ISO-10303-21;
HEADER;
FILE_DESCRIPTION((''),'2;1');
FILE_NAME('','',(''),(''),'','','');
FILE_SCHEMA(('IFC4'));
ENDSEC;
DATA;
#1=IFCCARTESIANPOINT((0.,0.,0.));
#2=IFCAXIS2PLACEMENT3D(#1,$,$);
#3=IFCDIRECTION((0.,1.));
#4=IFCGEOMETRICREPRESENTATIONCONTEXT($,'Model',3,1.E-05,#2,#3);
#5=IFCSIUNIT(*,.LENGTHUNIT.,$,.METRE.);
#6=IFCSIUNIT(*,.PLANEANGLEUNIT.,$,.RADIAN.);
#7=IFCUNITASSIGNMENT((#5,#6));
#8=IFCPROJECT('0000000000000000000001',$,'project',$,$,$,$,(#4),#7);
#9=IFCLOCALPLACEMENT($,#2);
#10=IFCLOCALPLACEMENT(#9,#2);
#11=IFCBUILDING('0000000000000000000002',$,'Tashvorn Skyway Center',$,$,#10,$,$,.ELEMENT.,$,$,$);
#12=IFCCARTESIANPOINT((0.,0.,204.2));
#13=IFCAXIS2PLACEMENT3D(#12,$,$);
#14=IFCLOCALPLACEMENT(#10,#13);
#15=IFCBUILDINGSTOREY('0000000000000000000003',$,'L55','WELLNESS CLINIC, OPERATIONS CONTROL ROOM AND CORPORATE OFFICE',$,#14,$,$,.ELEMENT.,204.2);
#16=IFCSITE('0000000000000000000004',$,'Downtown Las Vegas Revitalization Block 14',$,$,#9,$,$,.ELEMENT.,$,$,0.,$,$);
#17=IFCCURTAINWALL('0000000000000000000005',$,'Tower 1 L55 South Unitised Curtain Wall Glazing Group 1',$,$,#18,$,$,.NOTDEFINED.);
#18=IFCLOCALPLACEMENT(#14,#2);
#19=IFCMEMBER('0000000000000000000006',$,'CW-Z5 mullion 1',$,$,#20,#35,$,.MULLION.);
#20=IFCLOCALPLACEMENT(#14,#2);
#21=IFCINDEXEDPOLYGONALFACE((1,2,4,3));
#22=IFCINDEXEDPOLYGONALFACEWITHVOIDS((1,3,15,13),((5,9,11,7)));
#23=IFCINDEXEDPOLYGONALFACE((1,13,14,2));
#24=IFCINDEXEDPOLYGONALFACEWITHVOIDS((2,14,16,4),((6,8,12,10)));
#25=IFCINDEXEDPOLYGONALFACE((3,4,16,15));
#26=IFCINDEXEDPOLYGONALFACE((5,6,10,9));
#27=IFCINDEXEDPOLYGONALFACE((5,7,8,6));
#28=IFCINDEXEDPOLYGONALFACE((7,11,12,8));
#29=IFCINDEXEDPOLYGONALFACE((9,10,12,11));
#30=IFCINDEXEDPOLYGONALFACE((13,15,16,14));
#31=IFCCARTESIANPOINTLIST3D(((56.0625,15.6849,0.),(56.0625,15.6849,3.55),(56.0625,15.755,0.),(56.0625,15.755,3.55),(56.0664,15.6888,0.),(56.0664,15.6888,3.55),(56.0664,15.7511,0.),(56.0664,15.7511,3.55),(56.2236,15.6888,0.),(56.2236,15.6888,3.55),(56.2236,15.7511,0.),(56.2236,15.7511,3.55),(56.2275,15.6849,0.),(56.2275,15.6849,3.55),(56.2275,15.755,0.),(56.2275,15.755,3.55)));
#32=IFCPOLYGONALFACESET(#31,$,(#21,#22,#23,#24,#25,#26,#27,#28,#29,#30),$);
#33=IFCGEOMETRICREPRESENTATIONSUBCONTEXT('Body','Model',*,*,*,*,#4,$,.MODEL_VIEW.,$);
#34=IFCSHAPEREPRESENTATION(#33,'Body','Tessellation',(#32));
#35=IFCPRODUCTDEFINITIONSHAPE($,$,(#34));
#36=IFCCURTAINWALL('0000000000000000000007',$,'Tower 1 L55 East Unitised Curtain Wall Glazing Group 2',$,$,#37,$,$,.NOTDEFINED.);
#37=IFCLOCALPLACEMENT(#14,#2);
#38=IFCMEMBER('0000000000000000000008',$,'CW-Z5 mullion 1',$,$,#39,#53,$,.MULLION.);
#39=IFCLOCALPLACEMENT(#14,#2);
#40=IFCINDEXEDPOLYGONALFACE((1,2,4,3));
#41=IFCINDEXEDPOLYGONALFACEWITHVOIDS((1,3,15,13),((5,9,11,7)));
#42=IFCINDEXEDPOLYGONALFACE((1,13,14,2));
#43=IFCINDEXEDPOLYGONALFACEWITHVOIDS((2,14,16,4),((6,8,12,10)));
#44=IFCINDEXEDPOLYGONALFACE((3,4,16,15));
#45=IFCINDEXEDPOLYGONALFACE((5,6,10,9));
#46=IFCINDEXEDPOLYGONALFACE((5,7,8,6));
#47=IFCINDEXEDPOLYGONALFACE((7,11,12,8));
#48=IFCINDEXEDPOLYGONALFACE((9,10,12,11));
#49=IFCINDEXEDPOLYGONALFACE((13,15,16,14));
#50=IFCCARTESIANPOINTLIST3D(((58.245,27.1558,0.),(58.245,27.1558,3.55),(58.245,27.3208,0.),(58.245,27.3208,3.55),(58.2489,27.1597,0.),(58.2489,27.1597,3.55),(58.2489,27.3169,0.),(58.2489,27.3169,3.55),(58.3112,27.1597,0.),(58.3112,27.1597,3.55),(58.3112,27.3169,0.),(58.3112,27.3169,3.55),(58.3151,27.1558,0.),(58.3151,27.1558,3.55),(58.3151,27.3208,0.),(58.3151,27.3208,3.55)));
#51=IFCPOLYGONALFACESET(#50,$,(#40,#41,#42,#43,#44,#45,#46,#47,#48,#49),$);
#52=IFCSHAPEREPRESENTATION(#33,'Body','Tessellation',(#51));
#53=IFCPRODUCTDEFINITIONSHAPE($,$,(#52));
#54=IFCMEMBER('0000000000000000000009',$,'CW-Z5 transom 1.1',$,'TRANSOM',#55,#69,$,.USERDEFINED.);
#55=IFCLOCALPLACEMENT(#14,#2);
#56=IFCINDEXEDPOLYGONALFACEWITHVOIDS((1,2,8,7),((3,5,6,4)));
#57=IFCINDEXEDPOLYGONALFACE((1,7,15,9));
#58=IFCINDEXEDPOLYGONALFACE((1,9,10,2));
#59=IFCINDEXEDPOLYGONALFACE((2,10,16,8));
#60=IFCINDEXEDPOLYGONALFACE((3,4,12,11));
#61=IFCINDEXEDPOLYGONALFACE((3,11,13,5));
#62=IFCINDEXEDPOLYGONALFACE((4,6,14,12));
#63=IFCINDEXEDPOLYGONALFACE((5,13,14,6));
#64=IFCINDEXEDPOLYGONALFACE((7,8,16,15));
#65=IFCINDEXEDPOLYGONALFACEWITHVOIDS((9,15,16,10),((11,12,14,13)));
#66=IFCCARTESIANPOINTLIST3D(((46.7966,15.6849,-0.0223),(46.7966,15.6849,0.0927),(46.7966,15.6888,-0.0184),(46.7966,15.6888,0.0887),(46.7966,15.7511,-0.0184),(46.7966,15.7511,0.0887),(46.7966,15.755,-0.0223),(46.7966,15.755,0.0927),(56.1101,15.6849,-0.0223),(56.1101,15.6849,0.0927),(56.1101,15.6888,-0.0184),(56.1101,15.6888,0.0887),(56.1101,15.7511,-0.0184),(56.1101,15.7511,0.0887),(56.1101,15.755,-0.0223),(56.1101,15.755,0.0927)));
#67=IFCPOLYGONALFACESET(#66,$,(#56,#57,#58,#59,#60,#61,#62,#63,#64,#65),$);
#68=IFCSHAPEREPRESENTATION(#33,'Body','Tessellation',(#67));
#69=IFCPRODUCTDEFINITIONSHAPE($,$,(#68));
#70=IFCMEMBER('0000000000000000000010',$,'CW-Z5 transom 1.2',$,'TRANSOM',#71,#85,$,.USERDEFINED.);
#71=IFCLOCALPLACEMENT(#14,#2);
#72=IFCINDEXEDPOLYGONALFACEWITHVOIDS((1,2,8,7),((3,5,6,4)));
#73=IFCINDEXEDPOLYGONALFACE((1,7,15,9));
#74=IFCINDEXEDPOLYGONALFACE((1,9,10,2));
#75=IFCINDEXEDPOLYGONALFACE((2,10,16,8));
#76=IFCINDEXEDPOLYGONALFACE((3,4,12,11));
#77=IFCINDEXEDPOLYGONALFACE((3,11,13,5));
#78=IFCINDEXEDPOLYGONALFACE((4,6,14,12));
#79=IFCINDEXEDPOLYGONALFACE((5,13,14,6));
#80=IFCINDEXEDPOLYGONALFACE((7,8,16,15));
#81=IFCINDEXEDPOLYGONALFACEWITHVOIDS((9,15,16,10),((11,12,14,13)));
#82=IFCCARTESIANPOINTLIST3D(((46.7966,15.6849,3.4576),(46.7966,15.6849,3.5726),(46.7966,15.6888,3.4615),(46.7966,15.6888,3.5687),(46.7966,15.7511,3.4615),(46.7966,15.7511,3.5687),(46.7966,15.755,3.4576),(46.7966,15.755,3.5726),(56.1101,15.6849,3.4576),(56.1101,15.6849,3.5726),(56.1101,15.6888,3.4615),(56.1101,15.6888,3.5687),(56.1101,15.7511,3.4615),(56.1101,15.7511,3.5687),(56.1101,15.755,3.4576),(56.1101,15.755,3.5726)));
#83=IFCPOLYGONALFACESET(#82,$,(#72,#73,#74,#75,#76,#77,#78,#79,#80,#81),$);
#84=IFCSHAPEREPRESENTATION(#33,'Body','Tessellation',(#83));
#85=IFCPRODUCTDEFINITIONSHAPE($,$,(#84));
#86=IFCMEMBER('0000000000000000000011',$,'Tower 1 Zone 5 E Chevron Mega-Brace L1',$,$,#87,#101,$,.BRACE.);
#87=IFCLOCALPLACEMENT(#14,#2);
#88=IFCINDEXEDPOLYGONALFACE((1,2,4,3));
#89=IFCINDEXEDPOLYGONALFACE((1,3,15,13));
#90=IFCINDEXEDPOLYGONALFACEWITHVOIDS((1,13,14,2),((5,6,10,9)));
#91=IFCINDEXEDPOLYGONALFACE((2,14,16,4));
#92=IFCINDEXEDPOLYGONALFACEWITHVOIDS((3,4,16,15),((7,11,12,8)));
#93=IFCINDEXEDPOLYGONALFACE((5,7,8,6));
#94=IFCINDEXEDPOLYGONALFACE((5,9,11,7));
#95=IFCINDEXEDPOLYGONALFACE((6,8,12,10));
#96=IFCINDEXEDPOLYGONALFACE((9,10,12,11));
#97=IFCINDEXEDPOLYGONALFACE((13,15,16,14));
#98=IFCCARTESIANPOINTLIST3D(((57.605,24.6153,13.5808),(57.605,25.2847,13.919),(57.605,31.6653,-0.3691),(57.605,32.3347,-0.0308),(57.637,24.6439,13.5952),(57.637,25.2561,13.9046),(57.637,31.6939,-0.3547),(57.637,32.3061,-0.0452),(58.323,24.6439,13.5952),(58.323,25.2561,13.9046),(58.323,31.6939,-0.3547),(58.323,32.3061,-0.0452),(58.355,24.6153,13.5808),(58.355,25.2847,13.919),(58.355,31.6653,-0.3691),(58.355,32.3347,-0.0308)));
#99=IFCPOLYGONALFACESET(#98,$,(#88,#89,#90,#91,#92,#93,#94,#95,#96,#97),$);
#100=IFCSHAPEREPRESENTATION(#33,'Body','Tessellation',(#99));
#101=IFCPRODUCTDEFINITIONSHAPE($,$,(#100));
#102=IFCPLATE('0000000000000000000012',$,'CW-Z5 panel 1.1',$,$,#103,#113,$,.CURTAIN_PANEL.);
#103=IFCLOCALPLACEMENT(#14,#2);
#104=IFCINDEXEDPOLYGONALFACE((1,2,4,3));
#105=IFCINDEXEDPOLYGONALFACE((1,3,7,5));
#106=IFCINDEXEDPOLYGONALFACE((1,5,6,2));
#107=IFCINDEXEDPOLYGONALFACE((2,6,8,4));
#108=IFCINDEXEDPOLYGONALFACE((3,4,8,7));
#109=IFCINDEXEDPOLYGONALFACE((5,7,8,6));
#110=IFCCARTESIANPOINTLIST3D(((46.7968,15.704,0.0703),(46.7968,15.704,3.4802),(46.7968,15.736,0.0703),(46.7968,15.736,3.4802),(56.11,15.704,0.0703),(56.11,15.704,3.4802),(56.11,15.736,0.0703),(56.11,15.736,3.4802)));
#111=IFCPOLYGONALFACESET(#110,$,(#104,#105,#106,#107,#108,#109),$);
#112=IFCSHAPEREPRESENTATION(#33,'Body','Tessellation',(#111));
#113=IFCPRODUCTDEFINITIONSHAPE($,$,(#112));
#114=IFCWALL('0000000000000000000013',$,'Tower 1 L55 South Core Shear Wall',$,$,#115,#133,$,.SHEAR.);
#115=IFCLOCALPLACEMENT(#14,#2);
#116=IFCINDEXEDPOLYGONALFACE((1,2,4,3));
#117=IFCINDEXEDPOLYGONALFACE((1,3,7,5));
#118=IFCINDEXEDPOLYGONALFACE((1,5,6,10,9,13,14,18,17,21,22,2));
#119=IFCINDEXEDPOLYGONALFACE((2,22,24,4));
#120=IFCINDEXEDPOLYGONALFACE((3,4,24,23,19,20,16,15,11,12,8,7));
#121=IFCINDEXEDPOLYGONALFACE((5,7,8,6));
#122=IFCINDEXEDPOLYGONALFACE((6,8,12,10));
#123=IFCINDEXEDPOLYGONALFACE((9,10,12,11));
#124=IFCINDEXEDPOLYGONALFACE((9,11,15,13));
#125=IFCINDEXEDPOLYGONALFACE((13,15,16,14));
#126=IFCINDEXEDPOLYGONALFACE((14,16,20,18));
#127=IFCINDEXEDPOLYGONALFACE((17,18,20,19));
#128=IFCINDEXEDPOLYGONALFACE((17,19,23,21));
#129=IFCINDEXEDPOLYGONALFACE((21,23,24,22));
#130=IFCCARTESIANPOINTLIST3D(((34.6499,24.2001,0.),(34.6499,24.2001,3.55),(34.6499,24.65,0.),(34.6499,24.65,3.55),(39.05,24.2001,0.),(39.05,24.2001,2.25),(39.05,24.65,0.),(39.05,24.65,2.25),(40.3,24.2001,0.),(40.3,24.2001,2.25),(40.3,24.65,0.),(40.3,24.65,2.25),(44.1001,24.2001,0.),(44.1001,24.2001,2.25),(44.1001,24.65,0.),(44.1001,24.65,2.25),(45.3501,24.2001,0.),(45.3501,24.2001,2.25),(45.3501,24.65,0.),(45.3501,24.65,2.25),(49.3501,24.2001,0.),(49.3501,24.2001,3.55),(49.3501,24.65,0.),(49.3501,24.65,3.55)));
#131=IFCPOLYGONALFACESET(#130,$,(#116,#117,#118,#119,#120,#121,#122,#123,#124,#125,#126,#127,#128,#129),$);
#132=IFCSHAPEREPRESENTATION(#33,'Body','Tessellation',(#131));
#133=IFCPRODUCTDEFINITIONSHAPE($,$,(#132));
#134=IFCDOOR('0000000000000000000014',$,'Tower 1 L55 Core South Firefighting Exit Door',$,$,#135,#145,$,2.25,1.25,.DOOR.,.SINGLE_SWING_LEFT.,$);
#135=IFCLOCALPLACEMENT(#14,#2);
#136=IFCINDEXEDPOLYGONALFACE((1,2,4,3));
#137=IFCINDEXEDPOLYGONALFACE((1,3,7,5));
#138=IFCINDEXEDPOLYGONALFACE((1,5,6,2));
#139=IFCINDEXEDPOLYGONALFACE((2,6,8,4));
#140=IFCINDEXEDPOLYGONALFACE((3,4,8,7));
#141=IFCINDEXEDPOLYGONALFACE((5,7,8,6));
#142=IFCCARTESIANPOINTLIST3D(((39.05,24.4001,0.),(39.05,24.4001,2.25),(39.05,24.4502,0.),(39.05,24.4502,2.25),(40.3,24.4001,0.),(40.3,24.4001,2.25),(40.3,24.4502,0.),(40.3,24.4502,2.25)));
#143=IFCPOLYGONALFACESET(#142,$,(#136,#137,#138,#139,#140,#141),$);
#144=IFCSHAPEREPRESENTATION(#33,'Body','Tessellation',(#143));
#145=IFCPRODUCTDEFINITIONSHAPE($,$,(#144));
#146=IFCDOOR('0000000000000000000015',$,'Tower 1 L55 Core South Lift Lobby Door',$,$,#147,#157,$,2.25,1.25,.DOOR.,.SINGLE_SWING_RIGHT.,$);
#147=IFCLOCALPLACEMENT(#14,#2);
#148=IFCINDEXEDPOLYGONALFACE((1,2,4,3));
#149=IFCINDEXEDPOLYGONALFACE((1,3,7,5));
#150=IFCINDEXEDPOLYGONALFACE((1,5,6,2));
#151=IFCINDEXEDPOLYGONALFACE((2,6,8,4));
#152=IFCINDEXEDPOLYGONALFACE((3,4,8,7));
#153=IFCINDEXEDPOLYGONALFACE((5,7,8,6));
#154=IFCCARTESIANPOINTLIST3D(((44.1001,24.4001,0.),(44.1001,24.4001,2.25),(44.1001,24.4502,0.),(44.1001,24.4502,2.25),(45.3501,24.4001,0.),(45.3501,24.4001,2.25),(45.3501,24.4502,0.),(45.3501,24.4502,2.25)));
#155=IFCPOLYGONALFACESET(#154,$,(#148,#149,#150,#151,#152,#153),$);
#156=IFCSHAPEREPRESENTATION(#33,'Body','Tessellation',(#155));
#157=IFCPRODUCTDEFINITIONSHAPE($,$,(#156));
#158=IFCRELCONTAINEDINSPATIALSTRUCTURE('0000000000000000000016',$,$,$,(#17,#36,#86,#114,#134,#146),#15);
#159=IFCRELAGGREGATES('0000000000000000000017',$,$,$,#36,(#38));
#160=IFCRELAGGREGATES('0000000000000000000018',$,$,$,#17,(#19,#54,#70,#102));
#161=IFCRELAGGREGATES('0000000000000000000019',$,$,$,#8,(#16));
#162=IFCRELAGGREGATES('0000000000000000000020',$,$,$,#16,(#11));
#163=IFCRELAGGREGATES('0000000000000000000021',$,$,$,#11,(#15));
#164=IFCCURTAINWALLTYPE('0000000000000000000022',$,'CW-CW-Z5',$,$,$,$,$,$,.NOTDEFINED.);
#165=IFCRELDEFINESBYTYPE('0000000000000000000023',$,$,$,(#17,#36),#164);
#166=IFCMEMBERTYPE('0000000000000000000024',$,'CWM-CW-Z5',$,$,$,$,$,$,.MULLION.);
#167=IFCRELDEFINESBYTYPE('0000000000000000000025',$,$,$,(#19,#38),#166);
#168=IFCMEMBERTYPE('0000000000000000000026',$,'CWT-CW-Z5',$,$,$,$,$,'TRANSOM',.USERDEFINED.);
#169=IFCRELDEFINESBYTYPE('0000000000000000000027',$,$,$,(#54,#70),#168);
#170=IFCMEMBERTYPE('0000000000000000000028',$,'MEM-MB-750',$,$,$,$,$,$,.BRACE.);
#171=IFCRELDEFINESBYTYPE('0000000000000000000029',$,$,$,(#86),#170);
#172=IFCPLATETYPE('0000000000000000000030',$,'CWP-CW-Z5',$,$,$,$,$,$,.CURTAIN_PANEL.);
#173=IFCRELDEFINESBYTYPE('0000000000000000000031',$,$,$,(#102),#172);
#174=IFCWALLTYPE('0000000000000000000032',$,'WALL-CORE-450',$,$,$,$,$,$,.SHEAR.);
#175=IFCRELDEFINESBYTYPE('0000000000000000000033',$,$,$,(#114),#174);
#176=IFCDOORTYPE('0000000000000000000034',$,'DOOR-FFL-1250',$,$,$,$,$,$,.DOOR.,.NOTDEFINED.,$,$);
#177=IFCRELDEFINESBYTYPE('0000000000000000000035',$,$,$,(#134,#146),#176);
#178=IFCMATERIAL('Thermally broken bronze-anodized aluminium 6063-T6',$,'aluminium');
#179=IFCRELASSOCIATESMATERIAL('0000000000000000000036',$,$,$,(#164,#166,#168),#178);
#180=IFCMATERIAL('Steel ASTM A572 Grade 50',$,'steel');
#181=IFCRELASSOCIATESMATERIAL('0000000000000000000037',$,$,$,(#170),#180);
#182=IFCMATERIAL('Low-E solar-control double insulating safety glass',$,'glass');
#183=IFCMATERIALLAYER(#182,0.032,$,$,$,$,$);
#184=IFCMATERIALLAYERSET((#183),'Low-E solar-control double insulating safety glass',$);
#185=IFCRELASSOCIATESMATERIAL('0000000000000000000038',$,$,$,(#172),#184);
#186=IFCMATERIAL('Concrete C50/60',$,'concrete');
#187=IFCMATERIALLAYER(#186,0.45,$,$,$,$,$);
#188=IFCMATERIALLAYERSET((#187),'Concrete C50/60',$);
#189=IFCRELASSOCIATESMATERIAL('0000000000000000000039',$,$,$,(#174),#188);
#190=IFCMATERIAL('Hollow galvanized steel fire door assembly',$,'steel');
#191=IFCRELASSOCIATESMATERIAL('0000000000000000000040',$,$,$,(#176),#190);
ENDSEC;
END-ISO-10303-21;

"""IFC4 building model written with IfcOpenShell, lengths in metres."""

from ifc_helpers import new_model, si_unit, direction, frame, frame_2d, origin, origin_2d, place, context, subcontext, project, spatial, rectangle, hollow_rectangle, extrude, material, layer, layer_set, material_profile, profile_set, type_object, element, fill, aggregate, save


model = new_model("IFC4")

# Units and contexts
model_context = context("Model", 3, precision=1e-05, world=origin(), true_north=direction((0.0, 1.0)))
body_context = subcontext(model_context, "Body", "Model", "MODEL_VIEW")
ifc_project = project(units=[si_unit("LENGTHUNIT", "METRE"), si_unit("PLANEANGLEUNIT", "RADIAN")], contexts=[model_context])

# Site, building, storey
site_placement = place(None, origin())
site = spatial("IfcSite", under=ifc_project, at=site_placement, Name="Downtown Las Vegas Revitalization Block 14", CompositionType="ELEMENT", RefElevation=0.0)
building_placement = place(site_placement, origin())
building = spatial("IfcBuilding", under=site, at=building_placement, Name="Tashvorn Skyway Center", CompositionType="ELEMENT")
storey_placement = place(building_placement, frame((0.0, 0.0, 204.2)))
storey = spatial("IfcBuildingStorey", under=building, at=storey_placement, Name="L55", Description="WELLNESS CLINIC, OPERATIONS CONTROL ROOM AND CORPORATE OFFICE", CompositionType="ELEMENT", Elevation=204.2)

# Shared definitions
ifc_material_1 = material(Name="Steel ASTM A572 Grade 50", Category="steel")

# Curtain walls, members
ifc_material_2 = material(Name="Thermally broken bronze-anodized aluminium 6063-T6", Category="aluminium")
curtain_wall_type = type_object("IfcCurtainWallType", Name="CW-CW-Z5", PredefinedType="NOTDEFINED", material=ifc_material_2)
curtain_wall_1_placement = place(storey_placement, origin())
curtain_wall_1 = element("IfcCurtainWall", 1, at=curtain_wall_1_placement, inside=storey, type_object=curtain_wall_type, Name="Tower 1 L55 South Unitised Curtain Wall Glazing Group 1", PredefinedType="NOTDEFINED")
ifc_material_profile_1 = material_profile(ifc_material_2, hollow_rectangle(XDim=0.0701, YDim=0.165, WallThickness=0.0039, at=origin_2d()), Name="ALU-MULL-70x165")
ifc_profile_set_1 = profile_set([ifc_material_profile_1], Name="Thermally broken bronze-anodized aluminium 6063-T6")
member_type_1 = type_object("IfcMemberType", Name="CWM-CW-Z5", PredefinedType="MULLION", material=ifc_profile_set_1)
member_1_placement = place(storey_placement, frame((56.145, 15.72, 0.0), z_axis=(0.0, 0.0, 1.0), x_axis=(0.0, -1.0, 0.0)))
member_1 = element("IfcMember", 2, at=member_1_placement, type_object=member_type_1, Name="CW-Z5 mullion 1", PredefinedType="MULLION", context=body_context, shape_type="SweptSolid", body=[
    extrude(hollow_rectangle(XDim=0.0701, YDim=0.165, WallThickness=0.0039, at=origin_2d()), origin(), (0.0, 0.0, 1.0), 3.55),
])
curtain_wall_2_placement = place(storey_placement, origin())
curtain_wall_2 = element("IfcCurtainWall", 3, at=curtain_wall_2_placement, inside=storey, type_object=curtain_wall_type, Name="Tower 1 L55 East Unitised Curtain Wall Glazing Group 2", PredefinedType="NOTDEFINED")
member_2_placement = place(storey_placement, frame((58.28, 27.2383, 0.0), z_axis=(0.0, 0.0, 1.0), x_axis=(1.0, 0.0, 0.0)))
member_2 = element("IfcMember", 4, at=member_2_placement, type_object=member_type_1, Name="CW-Z5 mullion 1", PredefinedType="MULLION", context=body_context, shape_type="SweptSolid", body=[
    extrude(hollow_rectangle(XDim=0.0701, YDim=0.165, WallThickness=0.0039, at=origin_2d()), origin(), (0.0, 0.0, 1.0), 3.55),
])
aggregate(curtain_wall_2, [member_2])

# Members
ifc_material_profile_2 = material_profile(ifc_material_2, hollow_rectangle(XDim=0.0701, YDim=0.115, WallThickness=0.0039, at=origin_2d()), Name="ALU-TRAN-70x115")
ifc_profile_set_2 = profile_set([ifc_material_profile_2], Name="Thermally broken bronze-anodized aluminium 6063-T6")
member_type_2 = type_object("IfcMemberType", Name="CWT-CW-Z5", ElementType="TRANSOM", PredefinedType="USERDEFINED", material=ifc_profile_set_2)
member_3_placement = place(storey_placement, frame((56.1101, 15.72, 0.0352), z_axis=(-1.0, 0.0, 0.0), x_axis=(0.0, -1.0, 0.0)))
member_3 = element("IfcMember", 5, at=member_3_placement, type_object=member_type_2, Name="CW-Z5 transom 1.1", ObjectType="TRANSOM", PredefinedType="USERDEFINED", context=body_context, shape_type="SweptSolid", body=[
    extrude(hollow_rectangle(XDim=0.0701, YDim=0.115, WallThickness=0.0039, at=origin_2d()), origin(), (0.0, 0.0, 1.0), 9.3135),
])
member_4_placement = place(storey_placement, frame((56.1101, 15.72, 3.5151), z_axis=(-1.0, 0.0, 0.0), x_axis=(0.0, -1.0, 0.0)))
member_4 = element("IfcMember", 6, at=member_4_placement, type_object=member_type_2, Name="CW-Z5 transom 1.2", ObjectType="TRANSOM", PredefinedType="USERDEFINED", context=body_context, shape_type="SweptSolid", body=[
    extrude(hollow_rectangle(XDim=0.0701, YDim=0.115, WallThickness=0.0039, at=origin_2d()), origin(), (0.0, 0.0, 1.0), 9.3135),
])
ifc_material_profile_3 = material_profile(ifc_material_1, hollow_rectangle(XDim=0.75, YDim=0.75, WallThickness=0.032, at=origin_2d()), Name="BOX750x750x32")
ifc_profile_set_3 = profile_set([ifc_material_profile_3], Name="Steel ASTM A572 Grade 50")
member_type_3 = type_object("IfcMemberType", Name="MEM-MB-750", PredefinedType="BRACE", material=ifc_profile_set_3)
member_5_placement = place(storey_placement, frame((57.98, 32.0, -0.2), z_axis=(0.0, -0.451052, 0.892498), x_axis=(1.0, 0.0, 0.0)))
element("IfcMember", 7, at=member_5_placement, inside=storey, type_object=member_type_3, Name="Tower 1 Zone 5 E Chevron Mega-Brace L1", PredefinedType="BRACE", context=body_context, shape_type="SweptSolid", body=[
    extrude(hollow_rectangle(XDim=0.75, YDim=0.75, WallThickness=0.032, at=origin_2d()), origin(), (0.0, 0.0, 1.0), 15.6301),
])

# Plate
ifc_material_3 = material(Name="Low-E solar-control double insulating safety glass", Category="glass")
ifc_layer_1 = layer(ifc_material_3, 0.032)
ifc_layer_set_1 = layer_set([ifc_layer_1], Name="Low-E solar-control double insulating safety glass")
plate_type = type_object("IfcPlateType", Name="CWP-CW-Z5", PredefinedType="CURTAIN_PANEL", material=ifc_layer_set_1)
plate_placement = place(storey_placement, frame((51.4534, 15.72, 0.0703), z_axis=(0.0, 0.0, 1.0), x_axis=(-1.0, 0.0, 0.0)))
plate = element("IfcPlate", 8, at=plate_placement, type_object=plate_type, Name="CW-Z5 panel 1.1", PredefinedType="CURTAIN_PANEL", context=body_context, shape_type="SweptSolid", body=[
    extrude(rectangle(XDim=9.3132, YDim=0.032, at=origin_2d()), origin(), (0.0, 0.0, 1.0), 3.4099),
])
aggregate(curtain_wall_1, [member_1, member_3, member_4, plate])

# Wall, openings, doors
ifc_material_4 = material(Name="Concrete C50/60", Category="concrete")
ifc_layer_2 = layer(ifc_material_4, 0.45)
ifc_layer_set_2 = layer_set([ifc_layer_2], Name="Concrete C50/60")
wall_type_1 = type_object("IfcWallType", Name="WALL-CORE-450", PredefinedType="SHEAR", material=ifc_layer_set_2)
wall_1_placement = place(storey_placement, frame((49.3501, 24.425, 0.0), z_axis=(0.0, 0.0, 1.0), x_axis=(-1.0, 0.0, 0.0)))
wall_1 = element("IfcWall", 9, at=wall_1_placement, inside=storey, type_object=wall_type_1, Name="Tower 1 L55 South Core Shear Wall", PredefinedType="SHEAR", context=body_context, shape_type="SweptSolid", body=[
    extrude(rectangle(XDim=14.7002, YDim=0.45, at=frame_2d((7.3501, 0.0))), origin(), (0.0, 0.0, 1.0), 3.55),
])
opening_1_placement = place(wall_1_placement, frame((9.05, 0.0, 0.0)))
opening_1 = element("IfcOpeningElement", 10, at=opening_1_placement, cuts=wall_1, PredefinedType="OPENING", context=body_context, shape_type="SweptSolid", body=[
    extrude(rectangle(XDim=1.25, YDim=2.25, at=frame_2d((0.625, 1.125))), frame((0.0, 0.2349, 0.0), z_axis=(0.0, -1.0, 0.0), x_axis=(1.0, 0.0, 0.0)), (0.0, 0.0, 1.0), 0.47),
])
opening_2_placement = place(wall_1_placement, frame((4.0, 0.0, 0.0)))
opening_2 = element("IfcOpeningElement", 11, at=opening_2_placement, cuts=wall_1, PredefinedType="OPENING", context=body_context, shape_type="SweptSolid", body=[
    extrude(rectangle(XDim=1.25, YDim=2.25, at=frame_2d((0.625, 1.125))), frame((0.0, 0.2349, 0.0), z_axis=(0.0, -1.0, 0.0), x_axis=(1.0, 0.0, 0.0)), (0.0, 0.0, 1.0), 0.47),
])
ifc_material_5 = material(Name="Hollow galvanized steel fire door assembly", Category="steel")
door_type_1 = type_object("IfcDoorType", Name="DOOR-FFL-1250", OperationType="NOTDEFINED", PredefinedType="DOOR", material=ifc_material_5)
door_1_placement = place(opening_1_placement, origin())
door_1 = element("IfcDoor", 12, at=door_1_placement, inside=storey, type_object=door_type_1, Name="Tower 1 L55 Core South Firefighting Exit Door", OperationType="SINGLE_SWING_LEFT", OverallHeight=2.25, OverallWidth=1.25, PredefinedType="DOOR", context=body_context, shape_type="SweptSolid", body=[
    extrude(rectangle(XDim=1.25, YDim=2.25, at=frame_2d((0.625, 1.125))), frame((0.0, 0.0249, 0.0), z_axis=(0.0, -1.0, 0.0), x_axis=(1.0, 0.0, 0.0)), (0.0, 0.0, 1.0), 0.05),
])
fill(opening_1, door_1)
door_2_placement = place(opening_2_placement, origin())
door_2 = element("IfcDoor", 13, at=door_2_placement, inside=storey, type_object=door_type_1, Name="Tower 1 L55 Core South Lift Lobby Door", OperationType="SINGLE_SWING_RIGHT", OverallHeight=2.25, OverallWidth=1.25, PredefinedType="DOOR", context=body_context, shape_type="SweptSolid", body=[
    extrude(rectangle(XDim=1.25, YDim=2.25, at=frame_2d((0.625, 1.125))), frame((0.0, 0.0249, 0.0), z_axis=(0.0, -1.0, 0.0), x_axis=(1.0, 0.0, 0.0)), (0.0, 0.0, 1.0), 0.05),
])
fill(opening_2, door_2)

save(model, "model.ifc")
